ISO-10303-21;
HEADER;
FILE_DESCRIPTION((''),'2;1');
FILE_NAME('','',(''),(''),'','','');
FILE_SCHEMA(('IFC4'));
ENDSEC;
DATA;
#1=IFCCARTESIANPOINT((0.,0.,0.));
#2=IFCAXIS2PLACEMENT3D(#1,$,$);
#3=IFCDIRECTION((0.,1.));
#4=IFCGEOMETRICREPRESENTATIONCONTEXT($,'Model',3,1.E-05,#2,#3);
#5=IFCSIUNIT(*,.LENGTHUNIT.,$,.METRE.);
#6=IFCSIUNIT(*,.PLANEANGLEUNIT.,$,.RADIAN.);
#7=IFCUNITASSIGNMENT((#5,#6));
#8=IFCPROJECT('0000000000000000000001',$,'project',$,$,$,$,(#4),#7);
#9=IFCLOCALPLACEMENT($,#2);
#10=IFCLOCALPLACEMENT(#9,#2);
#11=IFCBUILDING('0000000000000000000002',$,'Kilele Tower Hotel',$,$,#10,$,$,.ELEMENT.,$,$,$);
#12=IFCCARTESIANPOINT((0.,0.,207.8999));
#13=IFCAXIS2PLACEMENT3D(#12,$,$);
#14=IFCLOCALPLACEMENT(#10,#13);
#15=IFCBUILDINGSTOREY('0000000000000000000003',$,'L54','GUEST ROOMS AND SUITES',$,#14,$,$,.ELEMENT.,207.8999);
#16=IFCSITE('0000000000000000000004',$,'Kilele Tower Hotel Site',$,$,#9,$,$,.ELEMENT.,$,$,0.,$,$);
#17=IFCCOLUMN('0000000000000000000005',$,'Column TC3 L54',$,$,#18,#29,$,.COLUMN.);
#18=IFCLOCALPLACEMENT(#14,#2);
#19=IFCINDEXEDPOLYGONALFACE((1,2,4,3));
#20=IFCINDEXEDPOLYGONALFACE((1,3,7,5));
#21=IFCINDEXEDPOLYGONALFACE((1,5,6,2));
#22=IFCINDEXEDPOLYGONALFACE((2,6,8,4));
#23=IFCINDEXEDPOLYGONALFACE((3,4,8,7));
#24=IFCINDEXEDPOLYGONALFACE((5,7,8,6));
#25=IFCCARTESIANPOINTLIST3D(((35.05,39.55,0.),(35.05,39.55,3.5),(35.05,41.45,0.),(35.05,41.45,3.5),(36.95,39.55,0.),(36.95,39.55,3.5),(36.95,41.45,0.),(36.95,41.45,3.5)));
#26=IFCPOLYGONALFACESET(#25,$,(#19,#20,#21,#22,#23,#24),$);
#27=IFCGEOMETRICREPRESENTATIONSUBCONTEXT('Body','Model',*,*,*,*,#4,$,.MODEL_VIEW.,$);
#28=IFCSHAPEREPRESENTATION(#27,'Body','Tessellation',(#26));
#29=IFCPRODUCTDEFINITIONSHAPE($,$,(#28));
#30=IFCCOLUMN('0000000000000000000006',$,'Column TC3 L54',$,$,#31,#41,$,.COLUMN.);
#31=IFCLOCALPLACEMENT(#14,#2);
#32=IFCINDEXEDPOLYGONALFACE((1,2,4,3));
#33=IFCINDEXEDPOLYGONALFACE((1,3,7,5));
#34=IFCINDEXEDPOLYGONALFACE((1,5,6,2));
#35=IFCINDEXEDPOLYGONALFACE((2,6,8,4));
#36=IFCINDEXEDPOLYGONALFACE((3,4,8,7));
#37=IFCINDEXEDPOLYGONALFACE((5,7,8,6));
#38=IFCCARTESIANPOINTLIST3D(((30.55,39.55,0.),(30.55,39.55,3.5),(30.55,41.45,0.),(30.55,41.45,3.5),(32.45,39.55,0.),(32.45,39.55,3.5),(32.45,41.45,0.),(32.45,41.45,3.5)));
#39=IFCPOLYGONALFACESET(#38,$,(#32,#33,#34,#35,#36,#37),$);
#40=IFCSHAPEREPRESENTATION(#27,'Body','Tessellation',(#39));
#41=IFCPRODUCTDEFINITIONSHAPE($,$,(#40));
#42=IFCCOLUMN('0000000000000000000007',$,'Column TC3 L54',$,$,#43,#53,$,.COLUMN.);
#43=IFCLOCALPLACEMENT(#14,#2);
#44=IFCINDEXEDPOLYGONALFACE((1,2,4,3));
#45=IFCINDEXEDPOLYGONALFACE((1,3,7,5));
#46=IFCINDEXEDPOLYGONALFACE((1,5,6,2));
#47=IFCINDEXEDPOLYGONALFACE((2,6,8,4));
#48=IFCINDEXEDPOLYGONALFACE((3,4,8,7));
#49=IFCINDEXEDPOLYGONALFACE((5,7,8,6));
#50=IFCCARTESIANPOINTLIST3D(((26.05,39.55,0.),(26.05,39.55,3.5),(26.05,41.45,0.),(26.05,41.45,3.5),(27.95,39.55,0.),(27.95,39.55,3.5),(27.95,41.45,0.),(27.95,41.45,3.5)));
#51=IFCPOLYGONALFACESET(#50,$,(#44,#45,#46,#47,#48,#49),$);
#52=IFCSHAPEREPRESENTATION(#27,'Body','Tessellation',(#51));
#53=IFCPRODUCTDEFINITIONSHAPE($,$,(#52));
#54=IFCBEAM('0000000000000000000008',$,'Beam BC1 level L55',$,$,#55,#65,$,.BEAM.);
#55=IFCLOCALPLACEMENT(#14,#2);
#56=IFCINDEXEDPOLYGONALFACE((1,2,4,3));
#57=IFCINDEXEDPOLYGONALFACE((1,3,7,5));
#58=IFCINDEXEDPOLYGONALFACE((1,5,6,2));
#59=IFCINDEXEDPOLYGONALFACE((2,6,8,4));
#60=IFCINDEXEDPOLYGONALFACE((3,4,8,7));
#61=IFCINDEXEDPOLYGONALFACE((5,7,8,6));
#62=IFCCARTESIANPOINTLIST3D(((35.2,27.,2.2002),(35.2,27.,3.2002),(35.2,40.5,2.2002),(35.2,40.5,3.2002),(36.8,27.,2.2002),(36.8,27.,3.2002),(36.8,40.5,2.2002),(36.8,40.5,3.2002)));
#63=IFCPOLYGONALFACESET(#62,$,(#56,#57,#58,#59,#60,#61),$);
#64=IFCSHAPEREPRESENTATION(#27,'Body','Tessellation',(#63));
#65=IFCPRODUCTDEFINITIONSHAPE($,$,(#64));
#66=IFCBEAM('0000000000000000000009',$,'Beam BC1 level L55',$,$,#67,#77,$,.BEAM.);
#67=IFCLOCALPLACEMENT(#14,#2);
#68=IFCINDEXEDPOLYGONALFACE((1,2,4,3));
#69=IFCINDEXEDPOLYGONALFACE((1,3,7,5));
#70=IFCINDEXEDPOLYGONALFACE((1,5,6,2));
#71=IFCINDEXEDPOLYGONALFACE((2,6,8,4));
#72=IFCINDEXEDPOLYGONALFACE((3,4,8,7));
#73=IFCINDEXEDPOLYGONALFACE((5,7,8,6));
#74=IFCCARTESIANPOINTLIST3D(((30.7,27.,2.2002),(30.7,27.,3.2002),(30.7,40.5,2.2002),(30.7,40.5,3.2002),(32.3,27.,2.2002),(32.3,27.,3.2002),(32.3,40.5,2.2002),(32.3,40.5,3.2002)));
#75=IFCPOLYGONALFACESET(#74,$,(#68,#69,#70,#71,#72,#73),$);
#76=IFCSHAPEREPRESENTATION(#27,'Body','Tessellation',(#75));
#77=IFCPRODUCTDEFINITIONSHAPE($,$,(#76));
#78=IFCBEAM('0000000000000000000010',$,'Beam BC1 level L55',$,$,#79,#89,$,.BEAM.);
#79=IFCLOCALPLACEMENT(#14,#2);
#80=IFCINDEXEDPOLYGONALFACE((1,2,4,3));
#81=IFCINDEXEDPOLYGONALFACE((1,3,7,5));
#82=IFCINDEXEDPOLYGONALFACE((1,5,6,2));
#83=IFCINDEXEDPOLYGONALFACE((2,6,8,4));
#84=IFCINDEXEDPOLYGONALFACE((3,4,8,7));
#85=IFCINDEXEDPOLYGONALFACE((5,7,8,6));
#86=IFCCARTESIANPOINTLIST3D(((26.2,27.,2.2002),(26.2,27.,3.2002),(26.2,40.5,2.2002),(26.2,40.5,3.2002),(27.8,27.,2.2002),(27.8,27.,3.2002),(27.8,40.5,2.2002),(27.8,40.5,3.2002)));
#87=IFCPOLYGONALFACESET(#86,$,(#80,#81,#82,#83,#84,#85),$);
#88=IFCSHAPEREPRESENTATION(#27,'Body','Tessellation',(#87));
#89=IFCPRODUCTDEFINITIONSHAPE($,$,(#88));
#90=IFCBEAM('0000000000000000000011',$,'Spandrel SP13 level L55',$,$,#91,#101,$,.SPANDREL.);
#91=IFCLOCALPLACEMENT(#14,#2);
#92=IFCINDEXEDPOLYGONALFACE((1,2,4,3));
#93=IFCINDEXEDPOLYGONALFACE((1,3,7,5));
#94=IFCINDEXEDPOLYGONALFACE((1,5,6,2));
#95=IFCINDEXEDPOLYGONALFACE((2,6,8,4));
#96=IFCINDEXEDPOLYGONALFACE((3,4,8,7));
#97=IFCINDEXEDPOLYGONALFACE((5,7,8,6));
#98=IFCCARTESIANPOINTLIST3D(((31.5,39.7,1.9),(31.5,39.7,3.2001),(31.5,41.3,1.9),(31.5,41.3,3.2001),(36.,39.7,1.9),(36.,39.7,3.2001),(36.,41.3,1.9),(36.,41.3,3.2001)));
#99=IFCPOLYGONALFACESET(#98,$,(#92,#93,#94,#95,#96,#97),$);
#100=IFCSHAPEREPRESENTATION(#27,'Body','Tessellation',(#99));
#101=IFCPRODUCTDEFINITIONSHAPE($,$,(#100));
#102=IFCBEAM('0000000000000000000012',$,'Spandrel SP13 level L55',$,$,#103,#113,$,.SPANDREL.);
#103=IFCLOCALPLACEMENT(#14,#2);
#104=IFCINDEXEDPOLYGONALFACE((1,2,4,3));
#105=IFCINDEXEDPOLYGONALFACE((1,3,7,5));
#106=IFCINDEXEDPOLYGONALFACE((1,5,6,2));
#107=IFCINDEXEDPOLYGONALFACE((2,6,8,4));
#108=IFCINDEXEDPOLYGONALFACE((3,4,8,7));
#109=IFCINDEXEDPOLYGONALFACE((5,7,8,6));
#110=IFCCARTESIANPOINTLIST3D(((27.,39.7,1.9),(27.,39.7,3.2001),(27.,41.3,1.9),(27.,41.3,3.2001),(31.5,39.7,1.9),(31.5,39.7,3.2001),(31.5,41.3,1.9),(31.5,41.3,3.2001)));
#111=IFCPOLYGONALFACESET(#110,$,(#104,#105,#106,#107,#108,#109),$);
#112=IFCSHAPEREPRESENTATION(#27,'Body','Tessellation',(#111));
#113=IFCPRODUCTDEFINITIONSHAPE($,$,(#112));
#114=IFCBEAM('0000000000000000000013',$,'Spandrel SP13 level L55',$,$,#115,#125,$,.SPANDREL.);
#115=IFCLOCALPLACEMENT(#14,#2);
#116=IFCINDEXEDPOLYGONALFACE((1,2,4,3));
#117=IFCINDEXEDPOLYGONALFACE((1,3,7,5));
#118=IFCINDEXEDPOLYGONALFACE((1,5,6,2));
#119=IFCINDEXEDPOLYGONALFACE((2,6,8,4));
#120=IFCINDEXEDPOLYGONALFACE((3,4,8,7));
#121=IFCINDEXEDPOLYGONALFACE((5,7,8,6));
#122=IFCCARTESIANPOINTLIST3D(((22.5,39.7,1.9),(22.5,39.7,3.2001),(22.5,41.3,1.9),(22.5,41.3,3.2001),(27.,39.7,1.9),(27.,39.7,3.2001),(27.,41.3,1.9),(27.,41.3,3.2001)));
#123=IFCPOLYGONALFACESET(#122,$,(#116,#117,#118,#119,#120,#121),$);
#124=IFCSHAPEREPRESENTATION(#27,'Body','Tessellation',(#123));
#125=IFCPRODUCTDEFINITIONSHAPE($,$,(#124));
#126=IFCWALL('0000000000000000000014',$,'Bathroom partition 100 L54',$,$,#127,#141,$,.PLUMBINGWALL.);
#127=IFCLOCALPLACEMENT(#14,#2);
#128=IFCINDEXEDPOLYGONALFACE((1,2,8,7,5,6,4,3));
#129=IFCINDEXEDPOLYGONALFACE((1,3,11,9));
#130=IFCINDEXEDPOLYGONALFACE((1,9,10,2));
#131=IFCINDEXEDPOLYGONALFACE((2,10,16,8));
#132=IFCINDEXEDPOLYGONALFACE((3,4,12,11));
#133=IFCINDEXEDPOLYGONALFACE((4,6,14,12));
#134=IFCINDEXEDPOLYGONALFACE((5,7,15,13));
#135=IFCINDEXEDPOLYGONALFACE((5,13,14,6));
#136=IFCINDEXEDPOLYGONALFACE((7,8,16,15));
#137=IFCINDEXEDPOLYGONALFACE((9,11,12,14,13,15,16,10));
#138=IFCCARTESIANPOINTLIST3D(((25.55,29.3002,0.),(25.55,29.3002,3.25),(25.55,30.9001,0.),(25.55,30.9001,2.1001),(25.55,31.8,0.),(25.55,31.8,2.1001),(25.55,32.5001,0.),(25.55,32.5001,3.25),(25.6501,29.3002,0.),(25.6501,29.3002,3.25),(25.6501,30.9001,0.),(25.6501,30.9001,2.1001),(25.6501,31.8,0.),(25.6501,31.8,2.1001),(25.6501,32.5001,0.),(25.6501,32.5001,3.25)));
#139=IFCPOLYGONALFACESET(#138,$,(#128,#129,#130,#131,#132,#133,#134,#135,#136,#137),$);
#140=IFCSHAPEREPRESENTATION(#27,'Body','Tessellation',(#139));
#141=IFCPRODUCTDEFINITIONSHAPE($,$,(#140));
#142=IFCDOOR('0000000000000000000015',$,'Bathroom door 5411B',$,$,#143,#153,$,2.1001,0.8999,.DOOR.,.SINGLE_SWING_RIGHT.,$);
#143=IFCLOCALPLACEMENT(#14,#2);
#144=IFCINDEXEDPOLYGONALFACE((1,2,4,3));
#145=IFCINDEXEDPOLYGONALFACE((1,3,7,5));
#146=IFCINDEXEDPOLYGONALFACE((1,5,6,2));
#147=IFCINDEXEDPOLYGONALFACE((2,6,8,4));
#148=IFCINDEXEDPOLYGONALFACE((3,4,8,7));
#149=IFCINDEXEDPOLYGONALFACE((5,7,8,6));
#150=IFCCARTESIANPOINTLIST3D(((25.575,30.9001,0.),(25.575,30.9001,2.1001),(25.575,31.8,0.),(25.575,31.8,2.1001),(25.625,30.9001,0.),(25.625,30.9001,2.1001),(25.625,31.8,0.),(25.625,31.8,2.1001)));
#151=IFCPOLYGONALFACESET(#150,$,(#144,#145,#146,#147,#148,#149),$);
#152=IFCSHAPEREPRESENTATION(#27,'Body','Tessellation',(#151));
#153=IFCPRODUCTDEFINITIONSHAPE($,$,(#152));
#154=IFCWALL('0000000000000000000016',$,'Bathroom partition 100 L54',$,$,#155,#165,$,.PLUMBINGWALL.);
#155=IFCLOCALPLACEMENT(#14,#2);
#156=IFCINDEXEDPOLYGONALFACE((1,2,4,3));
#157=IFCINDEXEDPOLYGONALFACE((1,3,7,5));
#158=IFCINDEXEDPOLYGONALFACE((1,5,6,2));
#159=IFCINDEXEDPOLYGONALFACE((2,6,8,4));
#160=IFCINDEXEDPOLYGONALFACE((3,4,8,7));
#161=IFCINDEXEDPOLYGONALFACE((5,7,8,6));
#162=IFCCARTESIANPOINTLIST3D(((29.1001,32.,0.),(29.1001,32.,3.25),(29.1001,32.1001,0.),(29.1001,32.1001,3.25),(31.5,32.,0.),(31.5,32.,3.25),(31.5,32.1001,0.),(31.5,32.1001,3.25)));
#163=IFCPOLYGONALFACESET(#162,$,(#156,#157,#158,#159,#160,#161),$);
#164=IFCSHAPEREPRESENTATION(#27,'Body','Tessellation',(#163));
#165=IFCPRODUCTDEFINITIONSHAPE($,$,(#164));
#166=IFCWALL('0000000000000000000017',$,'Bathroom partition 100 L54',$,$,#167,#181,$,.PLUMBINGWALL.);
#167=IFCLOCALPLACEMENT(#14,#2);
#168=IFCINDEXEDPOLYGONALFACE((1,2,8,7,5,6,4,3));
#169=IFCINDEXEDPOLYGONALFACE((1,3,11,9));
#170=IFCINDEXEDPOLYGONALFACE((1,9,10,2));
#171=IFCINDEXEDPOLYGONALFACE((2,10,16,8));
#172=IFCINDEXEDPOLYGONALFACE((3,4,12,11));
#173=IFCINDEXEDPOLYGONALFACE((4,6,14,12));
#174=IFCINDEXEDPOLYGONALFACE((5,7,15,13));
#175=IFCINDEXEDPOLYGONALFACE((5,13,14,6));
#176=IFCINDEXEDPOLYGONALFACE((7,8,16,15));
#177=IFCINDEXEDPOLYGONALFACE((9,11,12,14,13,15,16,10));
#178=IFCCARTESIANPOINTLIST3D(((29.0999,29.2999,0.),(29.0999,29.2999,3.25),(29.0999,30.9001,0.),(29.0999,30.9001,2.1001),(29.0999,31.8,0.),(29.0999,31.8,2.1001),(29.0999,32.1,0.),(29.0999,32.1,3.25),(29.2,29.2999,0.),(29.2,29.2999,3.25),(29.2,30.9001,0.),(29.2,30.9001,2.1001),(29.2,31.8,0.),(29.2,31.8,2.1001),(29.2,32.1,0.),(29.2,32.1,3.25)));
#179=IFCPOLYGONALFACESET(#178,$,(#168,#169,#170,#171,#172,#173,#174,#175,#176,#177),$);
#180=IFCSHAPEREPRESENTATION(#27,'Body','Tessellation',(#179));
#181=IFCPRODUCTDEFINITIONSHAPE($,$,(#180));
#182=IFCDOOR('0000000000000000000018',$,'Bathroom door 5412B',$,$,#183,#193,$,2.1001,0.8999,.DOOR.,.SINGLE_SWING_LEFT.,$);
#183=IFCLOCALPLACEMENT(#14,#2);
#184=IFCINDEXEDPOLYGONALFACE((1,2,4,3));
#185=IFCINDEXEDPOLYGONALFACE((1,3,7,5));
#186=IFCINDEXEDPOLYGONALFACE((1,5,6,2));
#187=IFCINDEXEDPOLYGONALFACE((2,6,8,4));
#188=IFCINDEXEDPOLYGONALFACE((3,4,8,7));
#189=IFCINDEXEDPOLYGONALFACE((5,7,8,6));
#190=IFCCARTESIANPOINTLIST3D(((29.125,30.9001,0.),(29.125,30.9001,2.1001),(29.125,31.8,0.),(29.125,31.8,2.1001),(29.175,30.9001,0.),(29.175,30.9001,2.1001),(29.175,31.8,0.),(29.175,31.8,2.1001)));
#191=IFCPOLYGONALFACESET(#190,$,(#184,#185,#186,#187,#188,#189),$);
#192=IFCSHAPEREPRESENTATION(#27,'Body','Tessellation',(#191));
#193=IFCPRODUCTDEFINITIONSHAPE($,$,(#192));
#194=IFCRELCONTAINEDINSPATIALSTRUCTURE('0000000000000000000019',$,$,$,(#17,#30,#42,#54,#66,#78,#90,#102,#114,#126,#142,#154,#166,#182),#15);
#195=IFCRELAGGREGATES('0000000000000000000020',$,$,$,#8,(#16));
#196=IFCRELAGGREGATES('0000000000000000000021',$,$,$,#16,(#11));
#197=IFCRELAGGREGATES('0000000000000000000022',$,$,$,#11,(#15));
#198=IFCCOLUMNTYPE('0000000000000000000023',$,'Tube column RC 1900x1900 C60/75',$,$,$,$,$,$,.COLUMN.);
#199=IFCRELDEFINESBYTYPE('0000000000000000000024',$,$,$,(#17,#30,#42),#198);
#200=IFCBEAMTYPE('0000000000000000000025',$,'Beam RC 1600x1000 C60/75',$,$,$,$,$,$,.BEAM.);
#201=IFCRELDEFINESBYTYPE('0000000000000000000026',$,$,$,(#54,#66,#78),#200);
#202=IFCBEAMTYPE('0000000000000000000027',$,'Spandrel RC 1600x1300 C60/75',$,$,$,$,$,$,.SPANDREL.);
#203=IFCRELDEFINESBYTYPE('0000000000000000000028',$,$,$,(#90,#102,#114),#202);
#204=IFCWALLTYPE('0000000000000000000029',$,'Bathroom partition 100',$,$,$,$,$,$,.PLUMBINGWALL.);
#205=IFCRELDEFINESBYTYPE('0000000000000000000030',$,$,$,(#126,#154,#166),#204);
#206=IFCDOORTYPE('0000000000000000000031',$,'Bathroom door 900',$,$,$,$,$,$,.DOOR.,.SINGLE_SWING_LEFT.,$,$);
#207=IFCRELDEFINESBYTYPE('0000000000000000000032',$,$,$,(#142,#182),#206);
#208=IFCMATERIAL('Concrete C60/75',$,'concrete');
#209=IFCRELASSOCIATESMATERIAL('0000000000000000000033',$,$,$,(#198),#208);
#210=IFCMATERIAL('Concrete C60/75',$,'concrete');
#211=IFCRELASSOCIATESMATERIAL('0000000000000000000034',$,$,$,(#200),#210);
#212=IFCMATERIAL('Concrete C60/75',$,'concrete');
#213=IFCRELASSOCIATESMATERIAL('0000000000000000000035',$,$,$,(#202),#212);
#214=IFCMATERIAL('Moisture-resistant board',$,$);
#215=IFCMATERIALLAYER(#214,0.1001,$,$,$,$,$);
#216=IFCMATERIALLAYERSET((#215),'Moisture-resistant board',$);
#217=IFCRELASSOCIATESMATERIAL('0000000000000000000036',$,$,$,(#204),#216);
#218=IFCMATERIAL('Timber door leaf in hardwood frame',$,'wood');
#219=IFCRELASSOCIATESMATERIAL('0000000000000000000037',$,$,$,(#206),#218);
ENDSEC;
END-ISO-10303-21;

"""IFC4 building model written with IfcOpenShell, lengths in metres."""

from ifc_helpers import new_model, si_unit, direction, frame, frame_2d, origin, origin_2d, place, context, subcontext, project, spatial, rectangle, extrude, material, layer, layer_set, material_profile, profile_set, type_object, element, fill, save


model = new_model("IFC4")

# Units and contexts
model_context = context("Model", 3, precision=1e-05, world=origin(), true_north=direction((0.0, 1.0)))
body_context = subcontext(model_context, "Body", "Model", "MODEL_VIEW")
ifc_project = project(units=[si_unit("LENGTHUNIT", "METRE"), si_unit("PLANEANGLEUNIT", "RADIAN")], contexts=[model_context])

# Site, building, storey
site_placement = place(None, origin())
site = spatial("IfcSite", under=ifc_project, at=site_placement, Name="Kilele Tower Hotel Site", CompositionType="ELEMENT", RefElevation=0.0)
building_placement = place(site_placement, origin())
building = spatial("IfcBuilding", under=site, at=building_placement, Name="Kilele Tower Hotel", CompositionType="ELEMENT")
storey_placement = place(building_placement, frame((0.0, 0.0, 207.8999)))
storey = spatial("IfcBuildingStorey", under=building, at=storey_placement, Name="L54", Description="GUEST ROOMS AND SUITES", CompositionType="ELEMENT", Elevation=207.8999)

# Columns
ifc_material_1 = material(Name="Concrete C60/75", Category="concrete")
ifc_material_profile_1 = material_profile(ifc_material_1, rectangle(XDim=1.8999, YDim=1.8999, at=origin_2d()))
ifc_profile_set_1 = profile_set([ifc_material_profile_1], Name="Concrete C60/75")
column_type = type_object("IfcColumnType", Name="Tube column RC 1900x1900 C60/75", PredefinedType="COLUMN", material=ifc_profile_set_1)
for number, where, z_axis, x_axis, name in (
    (1, (36.0, 40.5, 0.0), (0.0, 0.0, 1.0), (1.0, 0.0, 0.0), "Column TC3 L54"),
    (2, (31.5, 40.5, 0.0), (0.0, 0.0, 1.0), (1.0, 0.0, 0.0), "Column TC3 L54"),
    (3, (27.0, 40.5, 0.0), (0.0, 0.0, 1.0), (1.0, 0.0, 0.0), "Column TC3 L54"),
):
    element("IfcColumn", number, at=place(storey_placement, frame(where, z_axis=z_axis, x_axis=x_axis)), inside=storey, type_object=column_type, Name=name, PredefinedType="COLUMN", context=body_context, shape_type="SweptSolid", body=[
        extrude(rectangle(XDim=1.8999, YDim=1.8999, at=origin_2d()), origin(), (0.0, 0.0, 1.0), 3.5),
    ])

# Beams
ifc_material_2 = material(Name="Concrete C60/75", Category="concrete")
ifc_material_profile_2 = material_profile(ifc_material_2, rectangle(XDim=1.6001, YDim=1.0, at=origin_2d()))
ifc_profile_set_2 = profile_set([ifc_material_profile_2], Name="Concrete C60/75")
beam_type_1 = type_object("IfcBeamType", Name="Beam RC 1600x1000 C60/75", PredefinedType="BEAM", material=ifc_profile_set_2)
for number, where, z_axis, x_axis, name in (
    (4, (36.0, 40.5, 2.7002), (0.0, -1.0, 0.0), (1.0, 0.0, 0.0), "Beam BC1 level L55"),
    (5, (31.5, 40.5, 2.7002), (0.0, -1.0, 0.0), (1.0, 0.0, 0.0), "Beam BC1 level L55"),
    (6, (27.0, 40.5, 2.7002), (0.0, -1.0, 0.0), (1.0, 0.0, 0.0), "Beam BC1 level L55"),
):
    element("IfcBeam", number, at=place(storey_placement, frame(where, z_axis=z_axis, x_axis=x_axis)), inside=storey, type_object=beam_type_1, Name=name, PredefinedType="BEAM", context=body_context, shape_type="SweptSolid", body=[
        extrude(rectangle(XDim=1.6001, YDim=1.0, at=origin_2d()), origin(), (0.0, 0.0, 1.0), 13.5),
    ])
ifc_material_3 = material(Name="Concrete C60/75", Category="concrete")
ifc_material_profile_3 = material_profile(ifc_material_3, rectangle(XDim=1.6001, YDim=1.3, at=origin_2d()))
ifc_profile_set_3 = profile_set([ifc_material_profile_3], Name="Concrete C60/75")
beam_type_2 = type_object("IfcBeamType", Name="Spandrel RC 1600x1300 C60/75", PredefinedType="SPANDREL", material=ifc_profile_set_3)
for number, where, z_axis, x_axis, name in (
    (7, (36.0, 40.5, 2.55), (-1.0, 0.0, 0.0), (0.0, -1.0, 0.0), "Spandrel SP13 level L55"),
    (8, (31.5, 40.5, 2.55), (-1.0, 0.0, 0.0), (0.0, -1.0, 0.0), "Spandrel SP13 level L55"),
    (9, (27.0, 40.5, 2.55), (-1.0, 0.0, 0.0), (0.0, -1.0, 0.0), "Spandrel SP13 level L55"),
):
    element("IfcBeam", number, at=place(storey_placement, frame(where, z_axis=z_axis, x_axis=x_axis)), inside=storey, type_object=beam_type_2, Name=name, PredefinedType="SPANDREL", context=body_context, shape_type="SweptSolid", body=[
        extrude(rectangle(XDim=1.6001, YDim=1.3, at=origin_2d()), origin(), (0.0, 0.0, 1.0), 4.5),
    ])

# Wall, opening, door
ifc_material_4 = material(Name="Moisture-resistant board")
ifc_layer_1 = layer(ifc_material_4, 0.1001)
ifc_layer_set_1 = layer_set([ifc_layer_1], Name="Moisture-resistant board")
wall_type_1 = type_object("IfcWallType", Name="Bathroom partition 100", PredefinedType="PLUMBINGWALL", material=ifc_layer_set_1)
wall_1_placement = place(storey_placement, frame((25.6001, 29.3, 0.0), z_axis=(0.0, 0.0, 1.0), x_axis=(0.0, 1.0, 0.0)))
wall_1 = element("IfcWall", 10, at=wall_1_placement, inside=storey, type_object=wall_type_1, Name="Bathroom partition 100 L54", PredefinedType="PLUMBINGWALL", context=body_context, shape_type="SweptSolid", body=[
    extrude(rectangle(XDim=3.2, YDim=0.1001, at=frame_2d((1.6001, 0.0))), origin(), (0.0, 0.0, 1.0), 3.25),
])
opening_1_placement = place(wall_1_placement, frame((2.5, 0.0, 0.0), z_axis=(0.0, 0.0, 1.0), x_axis=(-1.0, 0.0, 0.0)))
opening_1 = element("IfcOpeningElement", 11, at=opening_1_placement, cuts=wall_1, PredefinedType="OPENING", context=body_context, shape_type="SweptSolid", body=[
    extrude(rectangle(XDim=0.8999, YDim=2.1001, at=frame_2d((0.45, 1.05))), frame((0.0, 0.0601, 0.0), z_axis=(0.0, -1.0, 0.0), x_axis=(1.0, 0.0, 0.0)), (0.0, 0.0, 1.0), 0.1201),
])
ifc_material_5 = material(Name="Timber door leaf in hardwood frame", Category="wood")
door_type_1 = type_object("IfcDoorType", Name="Bathroom door 900", OperationType="SINGLE_SWING_LEFT", PredefinedType="DOOR", material=ifc_material_5)
door_1_placement = place(opening_1_placement, origin())
door_1 = element("IfcDoor", 12, at=door_1_placement, inside=storey, type_object=door_type_1, Name="Bathroom door 5411B", OperationType="SINGLE_SWING_RIGHT", OverallHeight=2.1001, OverallWidth=0.8999, PredefinedType="DOOR", context=body_context, shape_type="SweptSolid", body=[
    extrude(rectangle(XDim=0.8999, YDim=2.1001, at=frame_2d((0.45, 1.05))), frame((0.0, 0.0249, 0.0), z_axis=(0.0, -1.0, 0.0), x_axis=(1.0, 0.0, 0.0)), (0.0, 0.0, 1.0), 0.05),
])
fill(opening_1, door_1)

# Wall
wall_2_placement = place(storey_placement, frame((29.1001, 32.05, 0.0), z_axis=(0.0, 0.0, 1.0), x_axis=(1.0, 0.0, 0.0)))
element("IfcWall", 13, at=wall_2_placement, inside=storey, type_object=wall_type_1, Name="Bathroom partition 100 L54", PredefinedType="PLUMBINGWALL", context=body_context, shape_type="SweptSolid", body=[
    extrude(rectangle(XDim=2.3999, YDim=0.1001, at=frame_2d((1.2, 0.0))), origin(), (0.0, 0.0, 1.0), 3.25),
])

# Wall, opening, door
wall_3_placement = place(storey_placement, frame((29.1499, 29.3, 0.0), z_axis=(0.0, 0.0, 1.0), x_axis=(0.0, 1.0, 0.0)))
wall_3 = element("IfcWall", 14, at=wall_3_placement, inside=storey, type_object=wall_type_1, Name="Bathroom partition 100 L54", PredefinedType="PLUMBINGWALL", context=body_context, shape_type="SweptSolid", body=[
    extrude(rectangle(XDim=2.8, YDim=0.1001, at=frame_2d((1.3999, 0.0))), origin(), (0.0, 0.0, 1.0), 3.25),
])
opening_2_placement = place(wall_3_placement, frame((1.6001, 0.0, 0.0)))
opening_2 = element("IfcOpeningElement", 15, at=opening_2_placement, cuts=wall_3, PredefinedType="OPENING", context=body_context, shape_type="SweptSolid", body=[
    extrude(rectangle(XDim=0.8999, YDim=2.1001, at=frame_2d((0.45, 1.05))), frame((0.0, 0.0601, 0.0), z_axis=(0.0, -1.0, 0.0), x_axis=(1.0, 0.0, 0.0)), (0.0, 0.0, 1.0), 0.1201),
])
door_2_placement = place(opening_2_placement, origin())
door_2 = element("IfcDoor", 16, at=door_2_placement, inside=storey, type_object=door_type_1, Name="Bathroom door 5412B", OperationType="SINGLE_SWING_LEFT", OverallHeight=2.1001, OverallWidth=0.8999, PredefinedType="DOOR", context=body_context, shape_type="SweptSolid", body=[
    extrude(rectangle(XDim=0.8999, YDim=2.1001, at=frame_2d((0.45, 1.05))), frame((0.0, 0.0249, 0.0), z_axis=(0.0, -1.0, 0.0), x_axis=(1.0, 0.0, 0.0)), (0.0, 0.0, 1.0), 0.05),
])
fill(opening_2, door_2)

save(model, "model.ifc")
